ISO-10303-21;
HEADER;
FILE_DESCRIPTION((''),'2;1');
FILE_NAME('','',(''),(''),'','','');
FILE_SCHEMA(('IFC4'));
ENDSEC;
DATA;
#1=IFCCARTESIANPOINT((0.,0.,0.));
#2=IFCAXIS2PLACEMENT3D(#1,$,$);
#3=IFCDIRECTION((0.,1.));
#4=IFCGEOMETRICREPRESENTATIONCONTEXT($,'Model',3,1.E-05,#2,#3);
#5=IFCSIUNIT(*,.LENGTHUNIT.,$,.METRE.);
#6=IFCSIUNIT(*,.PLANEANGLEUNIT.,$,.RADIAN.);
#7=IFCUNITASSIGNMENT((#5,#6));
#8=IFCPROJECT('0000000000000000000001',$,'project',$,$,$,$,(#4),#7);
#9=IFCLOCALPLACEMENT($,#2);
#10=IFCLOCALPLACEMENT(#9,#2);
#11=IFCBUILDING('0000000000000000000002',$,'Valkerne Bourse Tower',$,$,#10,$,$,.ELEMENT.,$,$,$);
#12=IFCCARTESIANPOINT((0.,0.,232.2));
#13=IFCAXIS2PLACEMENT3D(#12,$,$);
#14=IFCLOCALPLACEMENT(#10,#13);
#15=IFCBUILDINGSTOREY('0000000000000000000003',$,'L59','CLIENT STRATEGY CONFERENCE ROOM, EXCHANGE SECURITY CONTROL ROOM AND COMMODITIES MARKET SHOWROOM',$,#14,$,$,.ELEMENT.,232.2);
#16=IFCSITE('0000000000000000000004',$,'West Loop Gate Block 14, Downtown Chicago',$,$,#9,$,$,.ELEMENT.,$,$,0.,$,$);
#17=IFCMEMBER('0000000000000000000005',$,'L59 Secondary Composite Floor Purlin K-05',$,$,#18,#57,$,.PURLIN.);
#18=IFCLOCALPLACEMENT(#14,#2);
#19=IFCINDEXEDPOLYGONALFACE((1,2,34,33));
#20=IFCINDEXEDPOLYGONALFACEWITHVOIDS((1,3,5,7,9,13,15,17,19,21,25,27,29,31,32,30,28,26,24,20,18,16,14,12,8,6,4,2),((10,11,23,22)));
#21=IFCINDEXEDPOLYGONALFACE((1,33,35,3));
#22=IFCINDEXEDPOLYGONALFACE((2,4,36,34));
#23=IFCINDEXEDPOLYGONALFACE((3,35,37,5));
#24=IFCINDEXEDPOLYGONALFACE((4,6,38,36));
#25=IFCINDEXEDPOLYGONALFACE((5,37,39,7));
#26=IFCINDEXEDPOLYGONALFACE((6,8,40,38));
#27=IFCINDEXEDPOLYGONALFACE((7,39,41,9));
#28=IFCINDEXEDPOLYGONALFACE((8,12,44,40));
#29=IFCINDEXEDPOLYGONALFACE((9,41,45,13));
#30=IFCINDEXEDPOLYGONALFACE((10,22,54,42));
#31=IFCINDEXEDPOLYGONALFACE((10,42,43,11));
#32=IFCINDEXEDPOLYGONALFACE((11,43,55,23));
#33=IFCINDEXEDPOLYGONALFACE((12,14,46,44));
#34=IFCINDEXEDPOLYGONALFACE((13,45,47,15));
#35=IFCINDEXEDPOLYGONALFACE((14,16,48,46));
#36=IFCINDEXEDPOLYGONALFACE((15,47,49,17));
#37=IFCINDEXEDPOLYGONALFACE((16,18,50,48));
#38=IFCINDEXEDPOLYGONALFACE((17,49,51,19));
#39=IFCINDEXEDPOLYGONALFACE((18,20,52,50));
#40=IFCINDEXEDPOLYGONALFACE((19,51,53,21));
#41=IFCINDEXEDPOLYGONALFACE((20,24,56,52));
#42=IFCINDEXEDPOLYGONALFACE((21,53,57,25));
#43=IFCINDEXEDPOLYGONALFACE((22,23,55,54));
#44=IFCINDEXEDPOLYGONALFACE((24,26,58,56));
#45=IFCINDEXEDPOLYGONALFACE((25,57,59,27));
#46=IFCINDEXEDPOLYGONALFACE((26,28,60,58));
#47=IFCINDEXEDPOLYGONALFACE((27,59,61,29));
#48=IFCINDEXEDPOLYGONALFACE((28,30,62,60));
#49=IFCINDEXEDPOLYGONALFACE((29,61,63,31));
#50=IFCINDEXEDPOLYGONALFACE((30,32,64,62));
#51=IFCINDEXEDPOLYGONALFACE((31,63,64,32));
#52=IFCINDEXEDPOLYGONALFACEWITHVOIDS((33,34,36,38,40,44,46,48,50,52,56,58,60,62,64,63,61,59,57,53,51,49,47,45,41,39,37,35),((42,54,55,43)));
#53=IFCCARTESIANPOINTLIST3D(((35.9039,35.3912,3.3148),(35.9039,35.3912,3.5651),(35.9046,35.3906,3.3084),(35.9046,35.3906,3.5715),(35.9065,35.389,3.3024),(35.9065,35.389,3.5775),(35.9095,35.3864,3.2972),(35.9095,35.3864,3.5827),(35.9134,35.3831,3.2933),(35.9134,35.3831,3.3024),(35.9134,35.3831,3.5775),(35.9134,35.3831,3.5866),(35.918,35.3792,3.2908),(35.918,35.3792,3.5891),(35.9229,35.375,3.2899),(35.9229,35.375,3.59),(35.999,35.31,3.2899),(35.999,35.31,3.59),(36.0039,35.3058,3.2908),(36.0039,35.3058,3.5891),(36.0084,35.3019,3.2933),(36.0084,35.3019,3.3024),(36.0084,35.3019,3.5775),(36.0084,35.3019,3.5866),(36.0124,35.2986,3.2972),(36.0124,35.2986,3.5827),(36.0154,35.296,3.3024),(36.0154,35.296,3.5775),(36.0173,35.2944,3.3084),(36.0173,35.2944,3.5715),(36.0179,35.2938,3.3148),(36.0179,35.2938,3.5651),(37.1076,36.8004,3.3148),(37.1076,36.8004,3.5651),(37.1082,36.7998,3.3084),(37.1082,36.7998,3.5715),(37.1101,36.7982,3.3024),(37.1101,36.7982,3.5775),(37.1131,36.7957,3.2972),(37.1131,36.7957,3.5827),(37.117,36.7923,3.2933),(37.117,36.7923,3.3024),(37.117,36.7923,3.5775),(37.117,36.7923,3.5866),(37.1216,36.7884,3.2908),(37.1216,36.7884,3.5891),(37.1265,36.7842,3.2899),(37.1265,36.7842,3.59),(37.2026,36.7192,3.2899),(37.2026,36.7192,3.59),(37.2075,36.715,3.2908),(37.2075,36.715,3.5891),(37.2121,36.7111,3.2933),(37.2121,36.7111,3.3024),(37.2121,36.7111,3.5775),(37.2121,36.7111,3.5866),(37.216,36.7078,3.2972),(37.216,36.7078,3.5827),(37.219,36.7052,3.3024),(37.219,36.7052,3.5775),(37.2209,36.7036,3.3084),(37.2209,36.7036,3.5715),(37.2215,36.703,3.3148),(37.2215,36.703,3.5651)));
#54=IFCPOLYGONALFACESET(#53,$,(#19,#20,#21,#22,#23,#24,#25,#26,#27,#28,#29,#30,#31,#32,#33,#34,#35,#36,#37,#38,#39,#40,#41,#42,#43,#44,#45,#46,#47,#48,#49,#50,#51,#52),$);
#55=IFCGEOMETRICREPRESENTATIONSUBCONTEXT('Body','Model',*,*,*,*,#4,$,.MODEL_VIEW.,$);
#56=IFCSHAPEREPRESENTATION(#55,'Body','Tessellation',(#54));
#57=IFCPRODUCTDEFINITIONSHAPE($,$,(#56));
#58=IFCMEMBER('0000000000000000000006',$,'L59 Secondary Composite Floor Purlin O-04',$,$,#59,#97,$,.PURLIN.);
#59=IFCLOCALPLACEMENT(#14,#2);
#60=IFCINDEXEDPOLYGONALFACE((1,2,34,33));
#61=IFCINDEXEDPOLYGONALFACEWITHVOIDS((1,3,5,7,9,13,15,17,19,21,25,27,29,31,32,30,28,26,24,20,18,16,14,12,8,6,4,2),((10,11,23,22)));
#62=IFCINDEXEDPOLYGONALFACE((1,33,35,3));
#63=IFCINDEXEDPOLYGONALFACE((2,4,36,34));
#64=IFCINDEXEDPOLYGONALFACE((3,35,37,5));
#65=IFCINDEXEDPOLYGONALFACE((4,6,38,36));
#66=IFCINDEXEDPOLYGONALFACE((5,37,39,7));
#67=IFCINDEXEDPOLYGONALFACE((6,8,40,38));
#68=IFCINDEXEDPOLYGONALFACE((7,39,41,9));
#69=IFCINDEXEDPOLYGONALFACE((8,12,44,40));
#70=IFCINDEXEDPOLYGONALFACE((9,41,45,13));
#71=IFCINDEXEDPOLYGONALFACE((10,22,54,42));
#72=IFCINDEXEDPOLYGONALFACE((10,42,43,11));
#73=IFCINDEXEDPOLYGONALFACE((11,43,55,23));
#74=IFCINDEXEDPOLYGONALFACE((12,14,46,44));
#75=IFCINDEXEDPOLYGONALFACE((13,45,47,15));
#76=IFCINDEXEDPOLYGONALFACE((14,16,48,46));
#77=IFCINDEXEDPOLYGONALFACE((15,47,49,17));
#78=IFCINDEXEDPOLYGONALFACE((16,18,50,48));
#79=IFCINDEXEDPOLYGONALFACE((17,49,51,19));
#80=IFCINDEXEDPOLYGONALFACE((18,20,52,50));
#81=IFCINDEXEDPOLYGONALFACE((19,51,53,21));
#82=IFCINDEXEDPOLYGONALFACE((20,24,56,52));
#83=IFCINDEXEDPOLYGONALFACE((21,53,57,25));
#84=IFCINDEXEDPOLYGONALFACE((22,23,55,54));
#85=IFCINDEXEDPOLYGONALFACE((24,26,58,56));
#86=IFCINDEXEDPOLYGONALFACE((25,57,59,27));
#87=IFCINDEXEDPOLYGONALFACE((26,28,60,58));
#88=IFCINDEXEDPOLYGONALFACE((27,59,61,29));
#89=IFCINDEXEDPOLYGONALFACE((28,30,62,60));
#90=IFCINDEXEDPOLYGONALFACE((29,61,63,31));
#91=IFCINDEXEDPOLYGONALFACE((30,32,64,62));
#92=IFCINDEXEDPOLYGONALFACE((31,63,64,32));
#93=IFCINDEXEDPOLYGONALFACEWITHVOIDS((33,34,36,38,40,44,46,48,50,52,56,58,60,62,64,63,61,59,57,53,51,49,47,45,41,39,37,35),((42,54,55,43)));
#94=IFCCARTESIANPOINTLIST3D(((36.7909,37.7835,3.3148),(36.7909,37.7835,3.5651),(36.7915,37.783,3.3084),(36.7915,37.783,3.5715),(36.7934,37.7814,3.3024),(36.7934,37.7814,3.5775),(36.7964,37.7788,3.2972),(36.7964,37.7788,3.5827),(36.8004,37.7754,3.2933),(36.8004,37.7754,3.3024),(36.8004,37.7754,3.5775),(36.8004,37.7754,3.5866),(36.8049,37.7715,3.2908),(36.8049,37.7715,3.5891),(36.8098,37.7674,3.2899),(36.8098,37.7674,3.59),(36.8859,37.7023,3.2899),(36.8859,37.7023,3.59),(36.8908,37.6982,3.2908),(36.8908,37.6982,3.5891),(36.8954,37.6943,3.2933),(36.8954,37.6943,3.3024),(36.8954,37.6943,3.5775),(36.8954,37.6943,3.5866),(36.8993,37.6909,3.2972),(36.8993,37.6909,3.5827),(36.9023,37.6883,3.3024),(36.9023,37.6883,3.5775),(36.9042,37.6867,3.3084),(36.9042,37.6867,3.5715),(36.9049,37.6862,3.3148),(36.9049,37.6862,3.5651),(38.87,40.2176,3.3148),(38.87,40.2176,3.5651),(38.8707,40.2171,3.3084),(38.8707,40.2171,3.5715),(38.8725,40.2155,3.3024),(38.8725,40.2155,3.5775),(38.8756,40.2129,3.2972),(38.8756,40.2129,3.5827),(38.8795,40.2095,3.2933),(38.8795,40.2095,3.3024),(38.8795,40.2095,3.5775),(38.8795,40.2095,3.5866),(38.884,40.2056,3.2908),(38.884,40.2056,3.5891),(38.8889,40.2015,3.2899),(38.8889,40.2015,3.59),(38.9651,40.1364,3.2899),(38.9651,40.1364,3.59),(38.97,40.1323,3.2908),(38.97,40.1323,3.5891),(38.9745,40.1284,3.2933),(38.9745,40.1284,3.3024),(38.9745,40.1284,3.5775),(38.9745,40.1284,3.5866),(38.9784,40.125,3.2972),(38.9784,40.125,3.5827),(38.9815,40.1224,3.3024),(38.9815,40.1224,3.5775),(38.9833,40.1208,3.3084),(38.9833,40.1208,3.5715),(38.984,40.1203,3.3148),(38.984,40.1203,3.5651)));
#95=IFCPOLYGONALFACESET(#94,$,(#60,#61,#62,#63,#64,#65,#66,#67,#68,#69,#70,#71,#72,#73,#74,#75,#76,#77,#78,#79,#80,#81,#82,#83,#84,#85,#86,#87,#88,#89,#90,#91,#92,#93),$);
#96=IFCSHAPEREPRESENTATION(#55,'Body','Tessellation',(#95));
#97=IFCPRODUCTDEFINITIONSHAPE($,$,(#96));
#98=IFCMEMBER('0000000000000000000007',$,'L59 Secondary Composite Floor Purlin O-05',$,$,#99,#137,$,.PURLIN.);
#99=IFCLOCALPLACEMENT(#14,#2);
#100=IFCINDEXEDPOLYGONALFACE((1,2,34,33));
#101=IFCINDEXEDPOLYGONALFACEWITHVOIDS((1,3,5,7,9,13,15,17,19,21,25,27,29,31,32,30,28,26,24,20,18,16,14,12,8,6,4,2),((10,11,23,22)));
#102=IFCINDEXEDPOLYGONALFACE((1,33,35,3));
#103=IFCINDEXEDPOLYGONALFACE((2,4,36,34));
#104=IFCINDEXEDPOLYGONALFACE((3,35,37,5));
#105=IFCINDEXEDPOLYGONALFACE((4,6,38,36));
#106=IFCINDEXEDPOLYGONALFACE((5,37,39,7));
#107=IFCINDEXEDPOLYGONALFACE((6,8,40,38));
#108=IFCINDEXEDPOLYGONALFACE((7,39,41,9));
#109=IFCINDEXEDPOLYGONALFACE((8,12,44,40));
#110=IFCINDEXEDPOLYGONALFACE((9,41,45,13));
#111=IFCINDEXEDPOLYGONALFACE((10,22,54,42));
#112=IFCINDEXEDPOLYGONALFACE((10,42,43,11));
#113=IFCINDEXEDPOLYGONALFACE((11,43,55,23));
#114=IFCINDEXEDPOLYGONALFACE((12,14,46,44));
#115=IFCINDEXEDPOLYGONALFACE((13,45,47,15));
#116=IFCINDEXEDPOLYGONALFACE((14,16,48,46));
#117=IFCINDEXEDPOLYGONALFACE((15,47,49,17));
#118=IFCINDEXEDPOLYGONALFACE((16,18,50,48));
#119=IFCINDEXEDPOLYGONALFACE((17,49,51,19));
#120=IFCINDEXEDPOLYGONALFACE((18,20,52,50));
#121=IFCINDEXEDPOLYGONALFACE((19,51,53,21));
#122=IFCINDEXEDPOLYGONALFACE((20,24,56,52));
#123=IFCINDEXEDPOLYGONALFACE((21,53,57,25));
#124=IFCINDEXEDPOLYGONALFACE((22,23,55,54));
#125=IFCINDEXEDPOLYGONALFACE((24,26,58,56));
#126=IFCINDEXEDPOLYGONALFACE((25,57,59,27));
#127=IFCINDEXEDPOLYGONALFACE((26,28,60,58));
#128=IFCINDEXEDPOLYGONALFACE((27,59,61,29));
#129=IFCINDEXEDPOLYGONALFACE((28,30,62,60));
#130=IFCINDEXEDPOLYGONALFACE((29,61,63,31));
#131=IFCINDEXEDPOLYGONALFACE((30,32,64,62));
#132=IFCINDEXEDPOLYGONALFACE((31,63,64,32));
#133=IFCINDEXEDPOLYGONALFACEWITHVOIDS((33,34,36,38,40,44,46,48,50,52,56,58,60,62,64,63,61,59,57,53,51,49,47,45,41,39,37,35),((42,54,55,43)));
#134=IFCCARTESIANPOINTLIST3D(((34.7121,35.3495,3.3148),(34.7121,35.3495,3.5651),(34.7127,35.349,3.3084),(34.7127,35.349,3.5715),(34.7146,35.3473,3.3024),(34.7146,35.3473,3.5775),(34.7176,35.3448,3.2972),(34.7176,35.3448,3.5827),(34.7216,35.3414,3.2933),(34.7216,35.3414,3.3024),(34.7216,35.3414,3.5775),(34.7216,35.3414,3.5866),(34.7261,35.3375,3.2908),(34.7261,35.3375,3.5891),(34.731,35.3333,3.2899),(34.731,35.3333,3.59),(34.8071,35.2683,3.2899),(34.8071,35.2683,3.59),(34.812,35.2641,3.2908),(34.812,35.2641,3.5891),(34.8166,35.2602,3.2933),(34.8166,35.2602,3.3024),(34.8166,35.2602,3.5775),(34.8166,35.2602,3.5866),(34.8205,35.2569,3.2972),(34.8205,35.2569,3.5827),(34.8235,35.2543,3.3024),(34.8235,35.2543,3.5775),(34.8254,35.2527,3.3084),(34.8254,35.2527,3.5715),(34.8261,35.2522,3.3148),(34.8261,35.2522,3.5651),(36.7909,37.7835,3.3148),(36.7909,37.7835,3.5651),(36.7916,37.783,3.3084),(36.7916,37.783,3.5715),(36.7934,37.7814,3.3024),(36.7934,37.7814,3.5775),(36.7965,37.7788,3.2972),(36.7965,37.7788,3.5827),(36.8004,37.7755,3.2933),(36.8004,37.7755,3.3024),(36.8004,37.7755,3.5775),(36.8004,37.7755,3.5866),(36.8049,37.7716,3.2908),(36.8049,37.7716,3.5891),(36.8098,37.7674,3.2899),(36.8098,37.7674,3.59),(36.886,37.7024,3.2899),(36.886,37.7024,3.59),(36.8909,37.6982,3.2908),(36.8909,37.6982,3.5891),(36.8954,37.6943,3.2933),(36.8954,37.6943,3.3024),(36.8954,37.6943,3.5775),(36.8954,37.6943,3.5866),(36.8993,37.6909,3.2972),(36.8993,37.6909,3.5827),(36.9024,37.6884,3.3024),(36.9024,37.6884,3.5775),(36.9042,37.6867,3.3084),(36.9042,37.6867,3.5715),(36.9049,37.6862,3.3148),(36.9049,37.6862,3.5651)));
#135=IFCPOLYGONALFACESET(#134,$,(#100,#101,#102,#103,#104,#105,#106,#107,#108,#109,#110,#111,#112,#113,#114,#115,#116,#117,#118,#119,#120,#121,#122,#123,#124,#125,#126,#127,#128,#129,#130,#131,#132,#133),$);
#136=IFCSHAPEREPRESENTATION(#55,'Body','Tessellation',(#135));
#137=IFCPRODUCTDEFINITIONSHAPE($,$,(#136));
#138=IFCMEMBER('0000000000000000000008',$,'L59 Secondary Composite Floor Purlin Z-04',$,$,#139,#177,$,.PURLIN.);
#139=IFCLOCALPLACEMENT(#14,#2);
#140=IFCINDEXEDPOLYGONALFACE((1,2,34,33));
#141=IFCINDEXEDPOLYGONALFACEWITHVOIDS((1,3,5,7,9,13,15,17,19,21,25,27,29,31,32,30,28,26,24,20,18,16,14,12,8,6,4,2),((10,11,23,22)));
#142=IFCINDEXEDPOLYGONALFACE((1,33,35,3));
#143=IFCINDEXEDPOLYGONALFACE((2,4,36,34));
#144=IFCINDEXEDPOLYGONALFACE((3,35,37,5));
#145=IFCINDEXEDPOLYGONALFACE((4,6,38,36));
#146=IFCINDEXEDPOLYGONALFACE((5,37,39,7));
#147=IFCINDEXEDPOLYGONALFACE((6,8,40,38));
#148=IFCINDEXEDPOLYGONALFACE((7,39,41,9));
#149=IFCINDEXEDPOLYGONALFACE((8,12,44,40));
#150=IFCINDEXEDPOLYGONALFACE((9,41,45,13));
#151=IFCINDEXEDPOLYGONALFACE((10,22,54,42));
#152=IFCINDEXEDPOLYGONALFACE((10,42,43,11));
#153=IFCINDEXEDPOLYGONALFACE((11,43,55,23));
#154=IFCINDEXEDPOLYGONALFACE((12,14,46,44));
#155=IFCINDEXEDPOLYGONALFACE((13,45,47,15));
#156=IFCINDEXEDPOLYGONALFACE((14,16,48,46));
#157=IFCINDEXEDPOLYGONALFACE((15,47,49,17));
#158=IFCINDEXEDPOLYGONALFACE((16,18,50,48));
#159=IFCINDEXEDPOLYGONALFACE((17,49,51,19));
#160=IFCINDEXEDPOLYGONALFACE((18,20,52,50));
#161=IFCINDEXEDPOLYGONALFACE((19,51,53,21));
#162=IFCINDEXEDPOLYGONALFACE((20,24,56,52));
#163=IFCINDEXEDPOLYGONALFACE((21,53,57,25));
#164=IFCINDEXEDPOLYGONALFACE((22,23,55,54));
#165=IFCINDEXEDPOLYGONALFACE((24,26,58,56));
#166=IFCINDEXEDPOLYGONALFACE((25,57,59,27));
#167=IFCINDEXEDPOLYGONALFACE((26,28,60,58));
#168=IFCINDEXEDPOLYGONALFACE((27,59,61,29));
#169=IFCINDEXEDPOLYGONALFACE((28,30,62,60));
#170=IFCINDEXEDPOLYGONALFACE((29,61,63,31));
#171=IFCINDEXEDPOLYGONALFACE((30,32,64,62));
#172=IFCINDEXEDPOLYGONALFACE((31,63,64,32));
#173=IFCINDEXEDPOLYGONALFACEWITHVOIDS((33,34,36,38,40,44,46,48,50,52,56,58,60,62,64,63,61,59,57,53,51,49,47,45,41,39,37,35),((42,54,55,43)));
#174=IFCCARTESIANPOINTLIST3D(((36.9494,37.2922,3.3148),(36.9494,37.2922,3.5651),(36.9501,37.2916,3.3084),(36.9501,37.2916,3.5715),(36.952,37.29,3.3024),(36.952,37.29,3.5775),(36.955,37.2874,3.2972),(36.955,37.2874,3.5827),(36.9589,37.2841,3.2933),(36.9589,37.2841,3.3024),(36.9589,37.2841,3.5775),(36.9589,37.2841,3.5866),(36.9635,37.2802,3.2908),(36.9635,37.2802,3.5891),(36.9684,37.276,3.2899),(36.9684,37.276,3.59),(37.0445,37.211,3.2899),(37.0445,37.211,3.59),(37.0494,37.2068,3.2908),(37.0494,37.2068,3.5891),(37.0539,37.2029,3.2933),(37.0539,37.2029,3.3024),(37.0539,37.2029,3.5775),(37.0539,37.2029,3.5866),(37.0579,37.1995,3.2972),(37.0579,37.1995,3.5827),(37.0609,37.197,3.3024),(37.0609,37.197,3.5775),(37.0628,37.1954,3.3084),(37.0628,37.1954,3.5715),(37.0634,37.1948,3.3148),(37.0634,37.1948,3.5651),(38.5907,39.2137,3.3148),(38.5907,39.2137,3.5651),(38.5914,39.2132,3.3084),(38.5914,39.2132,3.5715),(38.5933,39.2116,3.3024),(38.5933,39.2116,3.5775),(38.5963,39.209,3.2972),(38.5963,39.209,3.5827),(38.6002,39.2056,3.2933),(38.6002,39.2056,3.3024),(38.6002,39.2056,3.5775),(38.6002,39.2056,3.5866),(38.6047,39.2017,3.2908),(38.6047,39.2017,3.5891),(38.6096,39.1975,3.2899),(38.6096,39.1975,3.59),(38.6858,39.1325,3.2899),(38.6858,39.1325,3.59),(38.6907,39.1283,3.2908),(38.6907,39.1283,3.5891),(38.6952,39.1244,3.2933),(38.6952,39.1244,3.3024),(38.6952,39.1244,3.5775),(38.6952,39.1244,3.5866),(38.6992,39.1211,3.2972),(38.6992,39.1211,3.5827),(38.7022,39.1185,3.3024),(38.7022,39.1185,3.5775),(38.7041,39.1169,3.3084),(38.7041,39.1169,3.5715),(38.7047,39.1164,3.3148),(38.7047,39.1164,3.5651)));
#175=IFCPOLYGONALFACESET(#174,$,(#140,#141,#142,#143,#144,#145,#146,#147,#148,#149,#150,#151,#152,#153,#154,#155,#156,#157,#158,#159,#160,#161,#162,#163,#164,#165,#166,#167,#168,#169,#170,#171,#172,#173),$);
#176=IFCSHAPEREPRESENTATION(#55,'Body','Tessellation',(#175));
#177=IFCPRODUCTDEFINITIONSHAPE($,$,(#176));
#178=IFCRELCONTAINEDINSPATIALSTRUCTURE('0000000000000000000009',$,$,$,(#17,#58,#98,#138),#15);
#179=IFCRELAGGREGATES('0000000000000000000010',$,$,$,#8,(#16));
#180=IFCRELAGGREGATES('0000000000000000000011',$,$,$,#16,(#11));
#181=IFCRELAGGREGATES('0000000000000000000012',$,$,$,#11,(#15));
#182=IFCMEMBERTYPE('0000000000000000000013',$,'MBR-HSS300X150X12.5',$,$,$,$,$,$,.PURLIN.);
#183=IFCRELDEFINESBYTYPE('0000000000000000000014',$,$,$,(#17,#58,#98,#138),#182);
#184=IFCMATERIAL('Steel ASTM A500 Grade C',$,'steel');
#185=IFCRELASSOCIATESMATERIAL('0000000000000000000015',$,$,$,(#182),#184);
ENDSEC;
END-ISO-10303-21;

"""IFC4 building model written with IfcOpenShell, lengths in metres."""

from ifc_helpers import new_model, si_unit, direction, frame, origin, origin_2d, place, context, subcontext, project, spatial, hollow_rectangle, extrude, material, material_profile, profile_set, type_object, element, save


model = new_model("IFC4")

# Units and contexts
model_context = context("Model", 3, precision=1e-05, world=origin(), true_north=direction((0.0, 1.0)))
body_context = subcontext(model_context, "Body", "Model", "MODEL_VIEW")
ifc_project = project(units=[si_unit("LENGTHUNIT", "METRE"), si_unit("PLANEANGLEUNIT", "RADIAN")], contexts=[model_context])

# Site, building, storey
site_placement = place(None, origin())
site = spatial("IfcSite", under=ifc_project, at=site_placement, Name="West Loop Gate Block 14, Downtown Chicago", CompositionType="ELEMENT", RefElevation=0.0)
building_placement = place(site_placement, origin())
building = spatial("IfcBuilding", under=site, at=building_placement, Name="Valkerne Bourse Tower", CompositionType="ELEMENT")
storey_placement = place(building_placement, frame((0.0, 0.0, 232.2)))
storey = spatial("IfcBuildingStorey", under=building, at=storey_placement, Name="L59", Description="CLIENT STRATEGY CONFERENCE ROOM, EXCHANGE SECURITY CONTROL ROOM AND COMMODITIES MARKET SHOWROOM", CompositionType="ELEMENT", Elevation=232.2)

# Members
ifc_material_1 = material(Name="Steel ASTM A500 Grade C", Category="steel")
ifc_material_profile_1 = material_profile(ifc_material_1, hollow_rectangle(XDim=0.1499, YDim=0.3, WallThickness=0.0125, OuterFilletRadius=0.0249, at=origin_2d()), Name="HSS300X150X12.5")
ifc_profile_set_1 = profile_set([ifc_material_profile_1], Name="Steel ASTM A500 Grade C")
member_type_1 = type_object("IfcMemberType", Name="MBR-HSS300X150X12.5", PredefinedType="PURLIN", material=ifc_profile_set_1)
for number, where, z_axis, x_axis, name in (
    (1, (37.1646, 36.7517, 3.4399), (-0.649467, -0.76039, 0.0), (0.76039, -0.649467, 0.0), "L59 Secondary Composite Floor Purlin K-05"),
):
    element("IfcMember", number, at=place(storey_placement, frame(where, z_axis=z_axis, x_axis=x_axis)), inside=storey, type_object=member_type_1, Name=name, PredefinedType="PURLIN", context=body_context, shape_type="SweptSolid", body=[
        extrude(hollow_rectangle(XDim=0.1499, YDim=0.3, WallThickness=0.0125, OuterFilletRadius=0.0249, at=origin_2d()), origin(), (0.0, 0.0, 1.0), 1.8533),
    ])
member_1_placement = place(storey_placement, frame((38.927, 40.1689, 3.4399), z_axis=(-0.649484, -0.760375, 0.0), x_axis=(0.760375, -0.649484, 0.0)))
element("IfcMember", 2, at=member_1_placement, inside=storey, type_object=member_type_1, Name="L59 Secondary Composite Floor Purlin O-04", PredefinedType="PURLIN", context=body_context, shape_type="SweptSolid", body=[
    extrude(hollow_rectangle(XDim=0.1499, YDim=0.3, WallThickness=0.0125, OuterFilletRadius=0.0249, at=origin_2d()), origin(), (0.0, 0.0, 1.0), 3.2012),
])
member_2_placement = place(storey_placement, frame((36.8479, 37.7349, 3.4399), z_axis=(-0.64944, -0.760413, 0.0), x_axis=(0.760413, -0.64944, 0.0)))
element("IfcMember", 3, at=member_2_placement, inside=storey, type_object=member_type_1, Name="L59 Secondary Composite Floor Purlin O-05", PredefinedType="PURLIN", context=body_context, shape_type="SweptSolid", body=[
    extrude(hollow_rectangle(XDim=0.1499, YDim=0.3, WallThickness=0.0125, OuterFilletRadius=0.0249, at=origin_2d()), origin(), (0.0, 0.0, 1.0), 3.2009),
])
member_3_placement = place(storey_placement, frame((38.6477, 39.165, 3.4399), z_axis=(-0.649478, -0.760381, 0.0), x_axis=(0.760381, -0.649478, 0.0)))
element("IfcMember", 4, at=member_3_placement, inside=storey, type_object=member_type_1, Name="L59 Secondary Composite Floor Purlin Z-04", PredefinedType="PURLIN", context=body_context, shape_type="SweptSolid", body=[
    extrude(hollow_rectangle(XDim=0.1499, YDim=0.3, WallThickness=0.0125, OuterFilletRadius=0.0249, at=origin_2d()), origin(), (0.0, 0.0, 1.0), 2.5271),
])

save(model, "model.ifc")
